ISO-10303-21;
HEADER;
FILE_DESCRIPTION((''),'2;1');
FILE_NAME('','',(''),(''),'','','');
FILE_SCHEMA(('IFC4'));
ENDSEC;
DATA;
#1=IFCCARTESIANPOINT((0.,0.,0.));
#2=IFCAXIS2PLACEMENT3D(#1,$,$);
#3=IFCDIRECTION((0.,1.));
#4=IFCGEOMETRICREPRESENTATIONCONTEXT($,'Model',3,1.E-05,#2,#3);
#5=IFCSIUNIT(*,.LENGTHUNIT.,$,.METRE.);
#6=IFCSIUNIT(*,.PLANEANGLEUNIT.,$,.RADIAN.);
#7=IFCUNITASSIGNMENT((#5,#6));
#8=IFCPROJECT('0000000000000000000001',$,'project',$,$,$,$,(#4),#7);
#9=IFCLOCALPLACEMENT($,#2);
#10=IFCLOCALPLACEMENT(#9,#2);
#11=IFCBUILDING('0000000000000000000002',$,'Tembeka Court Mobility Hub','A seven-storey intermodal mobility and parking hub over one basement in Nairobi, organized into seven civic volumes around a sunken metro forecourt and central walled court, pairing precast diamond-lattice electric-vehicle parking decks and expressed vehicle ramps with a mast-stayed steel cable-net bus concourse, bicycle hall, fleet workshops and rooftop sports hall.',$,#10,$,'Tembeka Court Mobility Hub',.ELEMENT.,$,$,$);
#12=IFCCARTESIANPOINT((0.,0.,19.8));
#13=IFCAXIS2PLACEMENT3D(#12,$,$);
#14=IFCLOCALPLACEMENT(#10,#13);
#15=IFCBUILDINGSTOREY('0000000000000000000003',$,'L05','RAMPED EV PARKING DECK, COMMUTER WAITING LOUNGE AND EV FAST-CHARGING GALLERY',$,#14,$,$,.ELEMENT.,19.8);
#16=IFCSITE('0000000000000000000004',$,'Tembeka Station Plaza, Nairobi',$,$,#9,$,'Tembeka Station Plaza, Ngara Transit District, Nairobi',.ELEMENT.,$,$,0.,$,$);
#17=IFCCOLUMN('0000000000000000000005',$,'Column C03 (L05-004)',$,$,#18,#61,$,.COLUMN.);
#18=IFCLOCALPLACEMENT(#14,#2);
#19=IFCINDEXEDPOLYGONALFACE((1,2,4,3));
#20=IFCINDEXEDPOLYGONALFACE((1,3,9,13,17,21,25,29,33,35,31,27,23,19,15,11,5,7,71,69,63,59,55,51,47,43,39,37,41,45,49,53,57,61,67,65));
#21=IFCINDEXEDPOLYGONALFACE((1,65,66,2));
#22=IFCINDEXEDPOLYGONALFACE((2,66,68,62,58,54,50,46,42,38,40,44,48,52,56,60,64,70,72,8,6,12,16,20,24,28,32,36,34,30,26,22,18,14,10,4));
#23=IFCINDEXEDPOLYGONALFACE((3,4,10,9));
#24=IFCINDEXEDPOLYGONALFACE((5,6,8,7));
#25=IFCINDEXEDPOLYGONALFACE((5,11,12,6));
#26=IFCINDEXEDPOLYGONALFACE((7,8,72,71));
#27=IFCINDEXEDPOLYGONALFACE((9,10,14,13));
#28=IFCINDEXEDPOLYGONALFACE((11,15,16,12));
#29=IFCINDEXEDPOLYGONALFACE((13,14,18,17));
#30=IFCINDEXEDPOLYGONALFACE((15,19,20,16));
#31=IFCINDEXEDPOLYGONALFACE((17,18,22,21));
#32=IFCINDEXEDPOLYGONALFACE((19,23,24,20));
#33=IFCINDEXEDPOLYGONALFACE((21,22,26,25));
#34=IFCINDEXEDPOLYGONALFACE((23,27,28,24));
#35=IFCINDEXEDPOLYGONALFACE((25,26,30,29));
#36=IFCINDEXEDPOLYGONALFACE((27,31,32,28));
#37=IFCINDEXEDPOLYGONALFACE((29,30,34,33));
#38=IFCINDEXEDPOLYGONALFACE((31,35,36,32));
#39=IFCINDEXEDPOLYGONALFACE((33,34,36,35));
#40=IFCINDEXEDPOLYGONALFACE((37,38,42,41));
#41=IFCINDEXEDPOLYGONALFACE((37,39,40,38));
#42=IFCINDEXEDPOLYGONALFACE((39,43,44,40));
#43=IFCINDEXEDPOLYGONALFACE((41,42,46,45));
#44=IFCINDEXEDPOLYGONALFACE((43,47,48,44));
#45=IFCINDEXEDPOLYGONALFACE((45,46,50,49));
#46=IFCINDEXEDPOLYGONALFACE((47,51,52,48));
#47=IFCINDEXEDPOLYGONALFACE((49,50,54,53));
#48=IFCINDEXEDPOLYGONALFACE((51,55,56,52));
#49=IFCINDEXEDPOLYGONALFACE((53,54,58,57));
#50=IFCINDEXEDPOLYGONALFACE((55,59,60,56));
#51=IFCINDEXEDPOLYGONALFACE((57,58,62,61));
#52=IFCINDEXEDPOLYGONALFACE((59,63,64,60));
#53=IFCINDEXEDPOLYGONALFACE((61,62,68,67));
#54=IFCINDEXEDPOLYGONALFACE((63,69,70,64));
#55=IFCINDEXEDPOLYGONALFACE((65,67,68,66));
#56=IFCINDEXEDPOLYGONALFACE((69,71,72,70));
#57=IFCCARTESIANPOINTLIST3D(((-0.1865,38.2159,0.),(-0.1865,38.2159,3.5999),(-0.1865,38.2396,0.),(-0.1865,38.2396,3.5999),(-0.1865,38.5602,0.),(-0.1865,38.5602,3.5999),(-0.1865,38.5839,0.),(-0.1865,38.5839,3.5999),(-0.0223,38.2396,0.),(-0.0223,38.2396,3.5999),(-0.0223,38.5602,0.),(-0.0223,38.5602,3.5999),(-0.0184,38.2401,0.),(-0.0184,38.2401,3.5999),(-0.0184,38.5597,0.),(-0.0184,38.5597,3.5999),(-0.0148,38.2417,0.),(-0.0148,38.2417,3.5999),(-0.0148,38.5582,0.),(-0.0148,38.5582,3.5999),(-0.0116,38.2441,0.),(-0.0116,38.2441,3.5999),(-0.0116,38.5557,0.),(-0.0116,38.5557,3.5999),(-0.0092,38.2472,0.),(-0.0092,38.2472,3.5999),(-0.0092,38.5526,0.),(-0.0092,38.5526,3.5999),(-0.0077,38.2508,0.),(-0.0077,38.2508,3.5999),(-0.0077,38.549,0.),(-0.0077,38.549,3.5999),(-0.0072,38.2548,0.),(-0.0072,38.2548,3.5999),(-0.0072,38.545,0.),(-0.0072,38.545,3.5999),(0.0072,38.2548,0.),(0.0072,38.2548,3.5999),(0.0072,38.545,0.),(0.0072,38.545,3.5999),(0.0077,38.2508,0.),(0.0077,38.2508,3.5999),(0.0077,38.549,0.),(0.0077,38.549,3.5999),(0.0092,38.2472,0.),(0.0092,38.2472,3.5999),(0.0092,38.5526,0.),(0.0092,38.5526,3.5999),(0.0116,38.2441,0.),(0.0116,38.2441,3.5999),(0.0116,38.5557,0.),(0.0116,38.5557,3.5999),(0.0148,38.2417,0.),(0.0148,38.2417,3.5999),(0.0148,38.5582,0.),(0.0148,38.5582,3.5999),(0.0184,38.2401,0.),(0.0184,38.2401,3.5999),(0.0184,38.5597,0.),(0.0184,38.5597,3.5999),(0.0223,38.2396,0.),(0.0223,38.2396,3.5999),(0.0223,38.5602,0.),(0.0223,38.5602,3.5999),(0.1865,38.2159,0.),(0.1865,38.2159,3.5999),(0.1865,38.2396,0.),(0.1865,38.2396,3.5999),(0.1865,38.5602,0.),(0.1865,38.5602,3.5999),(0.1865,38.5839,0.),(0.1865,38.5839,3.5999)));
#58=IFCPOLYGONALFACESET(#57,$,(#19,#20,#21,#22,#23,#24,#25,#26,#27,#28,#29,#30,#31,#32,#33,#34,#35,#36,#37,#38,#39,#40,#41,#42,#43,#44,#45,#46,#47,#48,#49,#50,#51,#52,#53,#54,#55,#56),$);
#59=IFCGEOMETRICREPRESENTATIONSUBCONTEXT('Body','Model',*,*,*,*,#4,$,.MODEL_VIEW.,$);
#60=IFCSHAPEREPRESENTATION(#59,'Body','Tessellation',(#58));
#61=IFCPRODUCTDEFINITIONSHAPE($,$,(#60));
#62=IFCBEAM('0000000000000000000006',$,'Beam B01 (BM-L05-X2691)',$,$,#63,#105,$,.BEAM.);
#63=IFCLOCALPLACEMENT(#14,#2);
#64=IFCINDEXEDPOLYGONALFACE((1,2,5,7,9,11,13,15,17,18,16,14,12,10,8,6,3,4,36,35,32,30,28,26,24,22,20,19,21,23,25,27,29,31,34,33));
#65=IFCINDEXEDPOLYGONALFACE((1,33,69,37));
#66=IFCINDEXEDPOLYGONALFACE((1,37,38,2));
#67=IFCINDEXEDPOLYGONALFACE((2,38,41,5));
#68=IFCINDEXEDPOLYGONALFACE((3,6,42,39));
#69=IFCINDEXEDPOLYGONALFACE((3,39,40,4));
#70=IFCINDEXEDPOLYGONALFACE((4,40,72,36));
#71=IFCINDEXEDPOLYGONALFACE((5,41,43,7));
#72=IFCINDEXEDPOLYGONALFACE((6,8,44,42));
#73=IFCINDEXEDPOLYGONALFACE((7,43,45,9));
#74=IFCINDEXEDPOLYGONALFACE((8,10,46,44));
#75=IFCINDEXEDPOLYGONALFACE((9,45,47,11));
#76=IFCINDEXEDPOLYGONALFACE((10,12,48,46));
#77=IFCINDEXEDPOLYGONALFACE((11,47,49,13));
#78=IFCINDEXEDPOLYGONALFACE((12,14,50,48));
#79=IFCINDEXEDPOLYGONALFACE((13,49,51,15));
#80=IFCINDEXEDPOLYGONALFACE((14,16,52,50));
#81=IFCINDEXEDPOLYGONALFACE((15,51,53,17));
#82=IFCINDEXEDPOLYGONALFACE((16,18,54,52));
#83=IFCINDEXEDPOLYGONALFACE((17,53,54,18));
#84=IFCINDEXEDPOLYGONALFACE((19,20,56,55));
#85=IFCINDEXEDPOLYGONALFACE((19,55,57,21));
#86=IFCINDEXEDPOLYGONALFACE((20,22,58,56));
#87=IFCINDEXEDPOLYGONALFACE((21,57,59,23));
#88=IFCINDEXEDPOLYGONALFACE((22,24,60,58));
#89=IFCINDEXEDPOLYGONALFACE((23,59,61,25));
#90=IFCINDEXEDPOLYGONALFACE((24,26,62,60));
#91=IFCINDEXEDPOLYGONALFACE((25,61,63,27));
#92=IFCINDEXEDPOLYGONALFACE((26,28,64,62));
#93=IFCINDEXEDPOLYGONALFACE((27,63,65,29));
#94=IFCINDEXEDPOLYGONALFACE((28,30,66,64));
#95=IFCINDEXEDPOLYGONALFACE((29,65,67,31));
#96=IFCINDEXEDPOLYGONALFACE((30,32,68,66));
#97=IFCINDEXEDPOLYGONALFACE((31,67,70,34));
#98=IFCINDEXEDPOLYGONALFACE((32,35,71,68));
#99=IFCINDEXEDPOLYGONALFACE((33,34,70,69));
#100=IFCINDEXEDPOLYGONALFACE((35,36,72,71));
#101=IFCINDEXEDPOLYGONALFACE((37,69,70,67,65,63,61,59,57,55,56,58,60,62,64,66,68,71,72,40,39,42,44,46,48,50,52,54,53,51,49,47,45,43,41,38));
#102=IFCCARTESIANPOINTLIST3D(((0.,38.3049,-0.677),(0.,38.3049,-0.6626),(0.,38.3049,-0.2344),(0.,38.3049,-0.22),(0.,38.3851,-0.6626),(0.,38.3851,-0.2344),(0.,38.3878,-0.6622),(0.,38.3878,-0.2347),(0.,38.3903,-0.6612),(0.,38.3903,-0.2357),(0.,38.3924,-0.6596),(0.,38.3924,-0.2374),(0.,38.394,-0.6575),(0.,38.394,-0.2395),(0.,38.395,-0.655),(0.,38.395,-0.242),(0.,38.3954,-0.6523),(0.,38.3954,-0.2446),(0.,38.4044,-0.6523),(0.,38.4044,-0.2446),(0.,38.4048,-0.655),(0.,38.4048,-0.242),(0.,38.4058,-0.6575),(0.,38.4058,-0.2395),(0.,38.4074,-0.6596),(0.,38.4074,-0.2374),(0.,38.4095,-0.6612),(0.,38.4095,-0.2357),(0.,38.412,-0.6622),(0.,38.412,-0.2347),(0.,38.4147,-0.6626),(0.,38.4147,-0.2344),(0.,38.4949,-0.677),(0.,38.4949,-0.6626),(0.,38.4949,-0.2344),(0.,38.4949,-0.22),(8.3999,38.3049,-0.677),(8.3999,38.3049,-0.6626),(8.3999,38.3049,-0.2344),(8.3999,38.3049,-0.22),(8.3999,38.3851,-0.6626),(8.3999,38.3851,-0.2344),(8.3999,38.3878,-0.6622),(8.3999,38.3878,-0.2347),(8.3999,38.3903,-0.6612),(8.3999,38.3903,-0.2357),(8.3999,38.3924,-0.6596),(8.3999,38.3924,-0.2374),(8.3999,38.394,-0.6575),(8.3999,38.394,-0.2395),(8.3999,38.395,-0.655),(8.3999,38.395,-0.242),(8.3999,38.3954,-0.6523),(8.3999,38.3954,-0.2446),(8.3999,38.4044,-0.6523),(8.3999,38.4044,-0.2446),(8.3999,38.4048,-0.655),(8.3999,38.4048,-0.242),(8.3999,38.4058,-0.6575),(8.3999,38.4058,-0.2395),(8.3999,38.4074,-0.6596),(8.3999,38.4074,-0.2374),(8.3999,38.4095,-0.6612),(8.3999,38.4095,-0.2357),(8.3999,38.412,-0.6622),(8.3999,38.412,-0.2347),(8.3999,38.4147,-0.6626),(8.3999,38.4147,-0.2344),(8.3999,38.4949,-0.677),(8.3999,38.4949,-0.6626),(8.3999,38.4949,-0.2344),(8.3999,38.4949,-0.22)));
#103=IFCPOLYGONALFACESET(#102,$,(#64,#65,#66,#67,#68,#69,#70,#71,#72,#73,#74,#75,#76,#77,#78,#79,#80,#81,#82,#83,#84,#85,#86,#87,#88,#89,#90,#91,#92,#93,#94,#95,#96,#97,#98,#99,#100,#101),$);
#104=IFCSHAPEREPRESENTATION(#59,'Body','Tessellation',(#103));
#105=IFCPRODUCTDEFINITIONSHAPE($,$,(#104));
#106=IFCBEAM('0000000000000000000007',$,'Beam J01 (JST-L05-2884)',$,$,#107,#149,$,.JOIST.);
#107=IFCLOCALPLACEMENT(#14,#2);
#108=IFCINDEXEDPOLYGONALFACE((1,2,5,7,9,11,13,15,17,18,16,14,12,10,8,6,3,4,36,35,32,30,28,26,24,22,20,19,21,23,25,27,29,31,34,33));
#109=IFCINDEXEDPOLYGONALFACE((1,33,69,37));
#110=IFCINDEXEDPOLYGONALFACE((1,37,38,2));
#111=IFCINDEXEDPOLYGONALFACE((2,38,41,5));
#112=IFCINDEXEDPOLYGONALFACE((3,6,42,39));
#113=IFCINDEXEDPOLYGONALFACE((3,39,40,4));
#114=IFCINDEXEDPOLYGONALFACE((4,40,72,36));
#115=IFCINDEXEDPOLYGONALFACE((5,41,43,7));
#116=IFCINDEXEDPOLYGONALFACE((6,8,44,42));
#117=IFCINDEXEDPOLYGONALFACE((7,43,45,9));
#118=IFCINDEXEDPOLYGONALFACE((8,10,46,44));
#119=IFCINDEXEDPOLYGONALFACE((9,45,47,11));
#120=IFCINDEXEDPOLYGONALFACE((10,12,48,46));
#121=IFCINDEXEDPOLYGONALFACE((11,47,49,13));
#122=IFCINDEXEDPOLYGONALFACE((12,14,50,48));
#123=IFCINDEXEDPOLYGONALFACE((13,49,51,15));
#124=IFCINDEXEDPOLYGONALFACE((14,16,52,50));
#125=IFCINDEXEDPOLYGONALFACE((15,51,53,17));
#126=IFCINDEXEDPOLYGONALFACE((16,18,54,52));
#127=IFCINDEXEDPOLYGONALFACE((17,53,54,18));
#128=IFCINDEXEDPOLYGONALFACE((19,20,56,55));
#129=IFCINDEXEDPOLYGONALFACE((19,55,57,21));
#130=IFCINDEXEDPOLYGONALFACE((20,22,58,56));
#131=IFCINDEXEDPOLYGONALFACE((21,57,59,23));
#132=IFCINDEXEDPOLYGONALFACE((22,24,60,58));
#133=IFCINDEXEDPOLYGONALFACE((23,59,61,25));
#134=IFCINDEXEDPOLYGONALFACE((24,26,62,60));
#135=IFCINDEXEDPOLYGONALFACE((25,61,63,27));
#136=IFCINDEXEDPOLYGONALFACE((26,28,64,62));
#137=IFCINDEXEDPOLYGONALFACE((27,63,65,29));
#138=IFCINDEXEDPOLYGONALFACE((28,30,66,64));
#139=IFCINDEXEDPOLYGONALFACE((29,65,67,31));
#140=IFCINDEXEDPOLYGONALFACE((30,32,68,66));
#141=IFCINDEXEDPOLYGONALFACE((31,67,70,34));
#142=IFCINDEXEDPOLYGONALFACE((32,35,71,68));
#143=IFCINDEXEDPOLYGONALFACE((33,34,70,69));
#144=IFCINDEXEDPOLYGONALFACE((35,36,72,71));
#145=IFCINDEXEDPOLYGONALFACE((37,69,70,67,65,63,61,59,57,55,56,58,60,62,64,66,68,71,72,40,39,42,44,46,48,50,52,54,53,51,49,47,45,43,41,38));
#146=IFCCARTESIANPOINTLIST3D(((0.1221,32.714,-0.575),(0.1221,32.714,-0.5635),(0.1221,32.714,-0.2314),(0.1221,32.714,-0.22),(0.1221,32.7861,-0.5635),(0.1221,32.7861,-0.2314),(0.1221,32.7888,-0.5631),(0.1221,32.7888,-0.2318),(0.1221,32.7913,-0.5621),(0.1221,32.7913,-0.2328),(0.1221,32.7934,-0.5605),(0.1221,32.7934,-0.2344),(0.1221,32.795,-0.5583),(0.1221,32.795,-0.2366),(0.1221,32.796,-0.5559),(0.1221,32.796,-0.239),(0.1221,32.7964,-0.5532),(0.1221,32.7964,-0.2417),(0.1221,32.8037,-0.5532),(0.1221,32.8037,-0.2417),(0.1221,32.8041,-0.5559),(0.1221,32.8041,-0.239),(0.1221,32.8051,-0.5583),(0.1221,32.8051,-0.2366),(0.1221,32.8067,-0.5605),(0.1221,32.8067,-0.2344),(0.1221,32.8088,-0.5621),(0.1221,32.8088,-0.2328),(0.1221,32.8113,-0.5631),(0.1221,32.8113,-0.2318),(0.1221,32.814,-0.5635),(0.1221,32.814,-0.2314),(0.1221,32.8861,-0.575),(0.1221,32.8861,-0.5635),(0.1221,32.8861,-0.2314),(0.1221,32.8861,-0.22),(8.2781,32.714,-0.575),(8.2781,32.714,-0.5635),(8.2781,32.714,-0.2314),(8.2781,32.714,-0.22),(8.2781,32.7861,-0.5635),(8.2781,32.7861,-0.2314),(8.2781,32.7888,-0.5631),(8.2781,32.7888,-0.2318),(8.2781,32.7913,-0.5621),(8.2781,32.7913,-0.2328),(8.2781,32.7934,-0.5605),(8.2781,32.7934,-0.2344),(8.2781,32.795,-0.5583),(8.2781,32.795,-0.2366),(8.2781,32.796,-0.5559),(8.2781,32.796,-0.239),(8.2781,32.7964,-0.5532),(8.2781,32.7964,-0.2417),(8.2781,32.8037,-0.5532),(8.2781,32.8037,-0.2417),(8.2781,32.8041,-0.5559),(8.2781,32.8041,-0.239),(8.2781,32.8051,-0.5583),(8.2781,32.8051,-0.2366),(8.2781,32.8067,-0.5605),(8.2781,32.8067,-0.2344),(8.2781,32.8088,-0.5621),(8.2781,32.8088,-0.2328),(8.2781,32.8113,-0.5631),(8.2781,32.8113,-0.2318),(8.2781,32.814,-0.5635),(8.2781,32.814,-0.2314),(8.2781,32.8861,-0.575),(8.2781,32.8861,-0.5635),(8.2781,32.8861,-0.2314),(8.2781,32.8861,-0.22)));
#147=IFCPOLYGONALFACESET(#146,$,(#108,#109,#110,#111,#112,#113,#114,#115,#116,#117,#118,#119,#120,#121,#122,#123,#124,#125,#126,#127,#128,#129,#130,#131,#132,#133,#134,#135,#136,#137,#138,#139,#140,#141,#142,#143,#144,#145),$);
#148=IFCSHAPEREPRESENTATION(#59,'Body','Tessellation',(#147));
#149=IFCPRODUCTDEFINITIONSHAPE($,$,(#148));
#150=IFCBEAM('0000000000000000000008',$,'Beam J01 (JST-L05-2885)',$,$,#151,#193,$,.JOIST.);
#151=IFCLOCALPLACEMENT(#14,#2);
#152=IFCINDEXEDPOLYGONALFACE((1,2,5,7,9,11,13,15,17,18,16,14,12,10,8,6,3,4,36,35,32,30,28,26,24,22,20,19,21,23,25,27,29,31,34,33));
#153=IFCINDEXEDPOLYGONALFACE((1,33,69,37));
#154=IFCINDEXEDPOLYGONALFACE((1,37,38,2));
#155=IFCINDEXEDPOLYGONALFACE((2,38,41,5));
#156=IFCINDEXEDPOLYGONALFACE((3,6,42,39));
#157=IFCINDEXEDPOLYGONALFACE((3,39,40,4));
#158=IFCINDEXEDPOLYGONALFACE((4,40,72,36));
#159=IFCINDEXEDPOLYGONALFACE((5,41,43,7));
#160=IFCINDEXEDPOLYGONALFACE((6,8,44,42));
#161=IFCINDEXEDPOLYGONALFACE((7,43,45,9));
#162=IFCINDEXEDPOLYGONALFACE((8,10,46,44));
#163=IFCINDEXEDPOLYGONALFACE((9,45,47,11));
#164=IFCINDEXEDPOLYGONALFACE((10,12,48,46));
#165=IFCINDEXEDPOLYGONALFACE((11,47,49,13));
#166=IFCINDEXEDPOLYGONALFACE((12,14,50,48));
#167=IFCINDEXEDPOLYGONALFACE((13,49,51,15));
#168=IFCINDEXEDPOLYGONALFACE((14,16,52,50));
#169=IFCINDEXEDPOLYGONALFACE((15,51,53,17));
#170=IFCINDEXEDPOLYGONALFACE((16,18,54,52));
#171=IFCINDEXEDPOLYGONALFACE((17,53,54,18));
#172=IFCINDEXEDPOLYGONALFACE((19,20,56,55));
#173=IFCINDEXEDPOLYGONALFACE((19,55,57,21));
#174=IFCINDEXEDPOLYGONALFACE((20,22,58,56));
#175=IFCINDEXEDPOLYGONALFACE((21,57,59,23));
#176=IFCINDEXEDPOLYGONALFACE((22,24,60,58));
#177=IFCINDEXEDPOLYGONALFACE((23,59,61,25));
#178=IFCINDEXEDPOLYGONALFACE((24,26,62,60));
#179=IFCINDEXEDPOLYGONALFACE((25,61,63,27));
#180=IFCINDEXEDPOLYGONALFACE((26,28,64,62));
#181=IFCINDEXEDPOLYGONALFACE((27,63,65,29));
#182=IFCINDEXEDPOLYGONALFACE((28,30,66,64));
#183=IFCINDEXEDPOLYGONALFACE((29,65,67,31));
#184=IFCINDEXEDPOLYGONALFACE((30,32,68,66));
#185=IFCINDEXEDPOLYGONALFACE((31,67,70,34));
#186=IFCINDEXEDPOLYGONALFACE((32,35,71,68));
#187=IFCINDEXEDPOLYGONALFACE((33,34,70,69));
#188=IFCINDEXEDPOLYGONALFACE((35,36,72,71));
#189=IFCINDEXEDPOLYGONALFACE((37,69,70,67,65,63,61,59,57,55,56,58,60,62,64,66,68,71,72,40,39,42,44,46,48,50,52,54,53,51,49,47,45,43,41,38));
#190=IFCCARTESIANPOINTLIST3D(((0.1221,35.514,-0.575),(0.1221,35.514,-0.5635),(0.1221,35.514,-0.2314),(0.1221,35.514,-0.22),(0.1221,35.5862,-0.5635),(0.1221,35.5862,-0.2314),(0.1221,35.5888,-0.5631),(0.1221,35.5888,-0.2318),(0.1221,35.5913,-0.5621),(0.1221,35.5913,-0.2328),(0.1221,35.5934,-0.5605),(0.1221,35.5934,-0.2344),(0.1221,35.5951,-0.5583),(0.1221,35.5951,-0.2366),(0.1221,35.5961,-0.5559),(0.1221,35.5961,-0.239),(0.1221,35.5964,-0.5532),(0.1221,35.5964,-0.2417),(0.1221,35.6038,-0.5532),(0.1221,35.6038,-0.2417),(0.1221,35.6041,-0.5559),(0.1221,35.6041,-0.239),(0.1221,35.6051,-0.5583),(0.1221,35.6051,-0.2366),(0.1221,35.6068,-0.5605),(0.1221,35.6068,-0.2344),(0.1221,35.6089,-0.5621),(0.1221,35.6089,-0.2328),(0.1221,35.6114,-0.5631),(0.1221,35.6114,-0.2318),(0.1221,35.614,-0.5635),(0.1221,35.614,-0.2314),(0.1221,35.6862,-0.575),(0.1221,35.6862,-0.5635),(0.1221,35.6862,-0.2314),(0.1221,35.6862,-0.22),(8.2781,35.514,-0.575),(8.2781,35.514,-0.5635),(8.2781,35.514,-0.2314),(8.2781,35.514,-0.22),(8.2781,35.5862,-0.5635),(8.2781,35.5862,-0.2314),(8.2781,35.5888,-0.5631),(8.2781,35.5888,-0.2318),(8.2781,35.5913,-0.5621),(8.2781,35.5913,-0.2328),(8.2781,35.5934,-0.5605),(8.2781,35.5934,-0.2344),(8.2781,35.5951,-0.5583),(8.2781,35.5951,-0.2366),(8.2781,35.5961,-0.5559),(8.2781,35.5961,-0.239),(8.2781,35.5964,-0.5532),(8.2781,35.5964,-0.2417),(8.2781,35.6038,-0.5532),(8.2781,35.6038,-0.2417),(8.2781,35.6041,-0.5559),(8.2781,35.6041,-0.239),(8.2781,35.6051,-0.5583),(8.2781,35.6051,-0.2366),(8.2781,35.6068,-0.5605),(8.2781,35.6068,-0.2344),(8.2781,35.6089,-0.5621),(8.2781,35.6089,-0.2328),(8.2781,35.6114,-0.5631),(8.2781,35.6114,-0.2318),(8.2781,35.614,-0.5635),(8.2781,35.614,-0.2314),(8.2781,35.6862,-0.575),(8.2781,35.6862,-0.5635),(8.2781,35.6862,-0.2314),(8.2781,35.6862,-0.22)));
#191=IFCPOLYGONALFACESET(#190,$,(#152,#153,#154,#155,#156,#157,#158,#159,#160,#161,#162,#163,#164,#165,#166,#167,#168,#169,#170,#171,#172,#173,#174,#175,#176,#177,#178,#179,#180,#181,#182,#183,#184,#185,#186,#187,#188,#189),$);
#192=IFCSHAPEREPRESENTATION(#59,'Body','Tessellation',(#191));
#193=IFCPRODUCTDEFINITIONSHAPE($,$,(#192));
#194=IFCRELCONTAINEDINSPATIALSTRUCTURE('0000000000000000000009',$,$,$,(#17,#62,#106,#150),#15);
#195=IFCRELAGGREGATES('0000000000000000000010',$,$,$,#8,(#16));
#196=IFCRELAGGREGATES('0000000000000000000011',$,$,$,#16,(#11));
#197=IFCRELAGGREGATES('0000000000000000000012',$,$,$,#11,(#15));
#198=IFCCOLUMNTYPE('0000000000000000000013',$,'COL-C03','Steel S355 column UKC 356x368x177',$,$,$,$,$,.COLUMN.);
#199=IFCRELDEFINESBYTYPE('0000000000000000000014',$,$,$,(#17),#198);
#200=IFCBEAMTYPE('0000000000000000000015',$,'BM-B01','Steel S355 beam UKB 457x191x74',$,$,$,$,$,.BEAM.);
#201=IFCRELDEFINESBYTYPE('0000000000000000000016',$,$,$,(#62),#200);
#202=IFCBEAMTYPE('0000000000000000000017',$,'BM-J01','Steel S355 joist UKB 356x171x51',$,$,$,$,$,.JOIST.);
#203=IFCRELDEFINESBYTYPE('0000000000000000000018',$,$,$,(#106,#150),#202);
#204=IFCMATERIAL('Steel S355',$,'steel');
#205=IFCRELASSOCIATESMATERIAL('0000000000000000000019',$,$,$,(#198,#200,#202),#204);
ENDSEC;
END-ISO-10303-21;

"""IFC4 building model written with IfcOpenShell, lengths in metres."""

from ifc_helpers import new_model, si_unit, direction, frame, origin, origin_2d, place, context, subcontext, project, spatial, i_section, extrude, material, material_profile, profile_set, type_object, element, save


model = new_model("IFC4")

# Units and contexts
model_context = context("Model", 3, precision=1e-05, world=origin(), true_north=direction((0.0, 1.0)))
body_context = subcontext(model_context, "Body", "Model", "MODEL_VIEW")
ifc_project = project(units=[si_unit("LENGTHUNIT", "METRE"), si_unit("PLANEANGLEUNIT", "RADIAN")], contexts=[model_context])

# Site, building, storey
site_placement = place(None, origin())
site = spatial("IfcSite", under=ifc_project, at=site_placement, Name="Tembeka Station Plaza, Nairobi", LongName="Tembeka Station Plaza, Ngara Transit District, Nairobi", CompositionType="ELEMENT", RefElevation=0.0)
building_placement = place(site_placement, origin())
building = spatial("IfcBuilding", under=site, at=building_placement, Name="Tembeka Court Mobility Hub", Description="A seven-storey intermodal mobility and parking hub over one basement in Nairobi, organized into seven civic volumes around a sunken metro forecourt and central walled court, pairing precast diamond-lattice electric-vehicle parking decks and expressed vehicle ramps with a mast-stayed steel cable-net bus concourse, bicycle hall, fleet workshops and rooftop sports hall.", LongName="Tembeka Court Mobility Hub", CompositionType="ELEMENT")
storey_placement = place(building_placement, frame((0.0, 0.0, 19.8)))
storey = spatial("IfcBuildingStorey", under=building, at=storey_placement, Name="L05", Description="RAMPED EV PARKING DECK, COMMUTER WAITING LOUNGE AND EV FAST-CHARGING GALLERY", CompositionType="ELEMENT", Elevation=19.8)

# Column
ifc_material_1 = material(Name="Steel S355", Category="steel")
ifc_material_profile_1 = material_profile(ifc_material_1, i_section(OverallWidth=0.373, OverallDepth=0.3679, WebThickness=0.0144, FlangeThickness=0.0237, FilletRadius=0.0151, at=origin_2d()), Name="UKC 356x368x177")
ifc_profile_set_1 = profile_set([ifc_material_profile_1], Name="Steel S355")
column_type = type_object("IfcColumnType", Name="COL-C03", Description="Steel S355 column UKC 356x368x177", PredefinedType="COLUMN", material=ifc_profile_set_1)
column_placement = place(storey_placement, frame((0.0, 38.3999, 0.0), z_axis=(0.0, 0.0, 1.0), x_axis=(1.0, 0.0, 0.0)))
element("IfcColumn", 1, at=column_placement, inside=storey, type_object=column_type, Name="Column C03 (L05-004)", PredefinedType="COLUMN", context=body_context, shape_type="SweptSolid", body=[
    extrude(i_section(OverallWidth=0.373, OverallDepth=0.3679, WebThickness=0.0144, FlangeThickness=0.0237, FilletRadius=0.0151, at=origin_2d()), origin(), (0.0, 0.0, 1.0), 3.5999),
])

# Beams
ifc_material_profile_2 = material_profile(ifc_material_1, i_section(OverallWidth=0.1899, OverallDepth=0.457, WebThickness=0.009, FlangeThickness=0.0144, FilletRadius=0.0103, at=origin_2d()), Name="UKB 457x191x74")
ifc_profile_set_2 = profile_set([ifc_material_profile_2], Name="Steel S355")
beam_type_1 = type_object("IfcBeamType", Name="BM-B01", Description="Steel S355 beam UKB 457x191x74", PredefinedType="BEAM", material=ifc_profile_set_2)
beam_1_placement = place(storey_placement, frame((0.0, 38.3999, -0.4485), z_axis=(1.0, 0.0, 0.0), x_axis=(0.0, 1.0, 0.0)))
element("IfcBeam", 2, at=beam_1_placement, inside=storey, type_object=beam_type_1, Name="Beam B01 (BM-L05-X2691)", PredefinedType="BEAM", context=body_context, shape_type="SweptSolid", body=[
    extrude(i_section(OverallWidth=0.1899, OverallDepth=0.457, WebThickness=0.009, FlangeThickness=0.0144, FilletRadius=0.0103, at=origin_2d()), origin(), (0.0, 0.0, 1.0), 8.3999),
])
ifc_material_profile_3 = material_profile(ifc_material_1, i_section(OverallWidth=0.1721, OverallDepth=0.355, WebThickness=0.0073, FlangeThickness=0.0115, FilletRadius=0.0103, at=origin_2d()), Name="UKB 356x171x51")
ifc_profile_set_3 = profile_set([ifc_material_profile_3], Name="Steel S355")
beam_type_2 = type_object("IfcBeamType", Name="BM-J01", Description="Steel S355 joist UKB 356x171x51", PredefinedType="JOIST", material=ifc_profile_set_3)
for number, where, z_axis, x_axis, name in (
    (3, (0.1221, 32.8, -0.3975), (1.0, 0.0, 0.0), (0.0, 1.0, 0.0), "Beam J01 (JST-L05-2884)"),
    (4, (0.1221, 35.6001, -0.3975), (1.0, 0.0, 0.0), (0.0, 1.0, 0.0), "Beam J01 (JST-L05-2885)"),
):
    element("IfcBeam", number, at=place(storey_placement, frame(where, z_axis=z_axis, x_axis=x_axis)), inside=storey, type_object=beam_type_2, Name=name, PredefinedType="JOIST", context=body_context, shape_type="SweptSolid", body=[
        extrude(i_section(OverallWidth=0.1721, OverallDepth=0.355, WebThickness=0.0073, FlangeThickness=0.0115, FilletRadius=0.0103, at=origin_2d()), origin(), (0.0, 0.0, 1.0), 8.156),
    ])

save(model, "model.ifc")
